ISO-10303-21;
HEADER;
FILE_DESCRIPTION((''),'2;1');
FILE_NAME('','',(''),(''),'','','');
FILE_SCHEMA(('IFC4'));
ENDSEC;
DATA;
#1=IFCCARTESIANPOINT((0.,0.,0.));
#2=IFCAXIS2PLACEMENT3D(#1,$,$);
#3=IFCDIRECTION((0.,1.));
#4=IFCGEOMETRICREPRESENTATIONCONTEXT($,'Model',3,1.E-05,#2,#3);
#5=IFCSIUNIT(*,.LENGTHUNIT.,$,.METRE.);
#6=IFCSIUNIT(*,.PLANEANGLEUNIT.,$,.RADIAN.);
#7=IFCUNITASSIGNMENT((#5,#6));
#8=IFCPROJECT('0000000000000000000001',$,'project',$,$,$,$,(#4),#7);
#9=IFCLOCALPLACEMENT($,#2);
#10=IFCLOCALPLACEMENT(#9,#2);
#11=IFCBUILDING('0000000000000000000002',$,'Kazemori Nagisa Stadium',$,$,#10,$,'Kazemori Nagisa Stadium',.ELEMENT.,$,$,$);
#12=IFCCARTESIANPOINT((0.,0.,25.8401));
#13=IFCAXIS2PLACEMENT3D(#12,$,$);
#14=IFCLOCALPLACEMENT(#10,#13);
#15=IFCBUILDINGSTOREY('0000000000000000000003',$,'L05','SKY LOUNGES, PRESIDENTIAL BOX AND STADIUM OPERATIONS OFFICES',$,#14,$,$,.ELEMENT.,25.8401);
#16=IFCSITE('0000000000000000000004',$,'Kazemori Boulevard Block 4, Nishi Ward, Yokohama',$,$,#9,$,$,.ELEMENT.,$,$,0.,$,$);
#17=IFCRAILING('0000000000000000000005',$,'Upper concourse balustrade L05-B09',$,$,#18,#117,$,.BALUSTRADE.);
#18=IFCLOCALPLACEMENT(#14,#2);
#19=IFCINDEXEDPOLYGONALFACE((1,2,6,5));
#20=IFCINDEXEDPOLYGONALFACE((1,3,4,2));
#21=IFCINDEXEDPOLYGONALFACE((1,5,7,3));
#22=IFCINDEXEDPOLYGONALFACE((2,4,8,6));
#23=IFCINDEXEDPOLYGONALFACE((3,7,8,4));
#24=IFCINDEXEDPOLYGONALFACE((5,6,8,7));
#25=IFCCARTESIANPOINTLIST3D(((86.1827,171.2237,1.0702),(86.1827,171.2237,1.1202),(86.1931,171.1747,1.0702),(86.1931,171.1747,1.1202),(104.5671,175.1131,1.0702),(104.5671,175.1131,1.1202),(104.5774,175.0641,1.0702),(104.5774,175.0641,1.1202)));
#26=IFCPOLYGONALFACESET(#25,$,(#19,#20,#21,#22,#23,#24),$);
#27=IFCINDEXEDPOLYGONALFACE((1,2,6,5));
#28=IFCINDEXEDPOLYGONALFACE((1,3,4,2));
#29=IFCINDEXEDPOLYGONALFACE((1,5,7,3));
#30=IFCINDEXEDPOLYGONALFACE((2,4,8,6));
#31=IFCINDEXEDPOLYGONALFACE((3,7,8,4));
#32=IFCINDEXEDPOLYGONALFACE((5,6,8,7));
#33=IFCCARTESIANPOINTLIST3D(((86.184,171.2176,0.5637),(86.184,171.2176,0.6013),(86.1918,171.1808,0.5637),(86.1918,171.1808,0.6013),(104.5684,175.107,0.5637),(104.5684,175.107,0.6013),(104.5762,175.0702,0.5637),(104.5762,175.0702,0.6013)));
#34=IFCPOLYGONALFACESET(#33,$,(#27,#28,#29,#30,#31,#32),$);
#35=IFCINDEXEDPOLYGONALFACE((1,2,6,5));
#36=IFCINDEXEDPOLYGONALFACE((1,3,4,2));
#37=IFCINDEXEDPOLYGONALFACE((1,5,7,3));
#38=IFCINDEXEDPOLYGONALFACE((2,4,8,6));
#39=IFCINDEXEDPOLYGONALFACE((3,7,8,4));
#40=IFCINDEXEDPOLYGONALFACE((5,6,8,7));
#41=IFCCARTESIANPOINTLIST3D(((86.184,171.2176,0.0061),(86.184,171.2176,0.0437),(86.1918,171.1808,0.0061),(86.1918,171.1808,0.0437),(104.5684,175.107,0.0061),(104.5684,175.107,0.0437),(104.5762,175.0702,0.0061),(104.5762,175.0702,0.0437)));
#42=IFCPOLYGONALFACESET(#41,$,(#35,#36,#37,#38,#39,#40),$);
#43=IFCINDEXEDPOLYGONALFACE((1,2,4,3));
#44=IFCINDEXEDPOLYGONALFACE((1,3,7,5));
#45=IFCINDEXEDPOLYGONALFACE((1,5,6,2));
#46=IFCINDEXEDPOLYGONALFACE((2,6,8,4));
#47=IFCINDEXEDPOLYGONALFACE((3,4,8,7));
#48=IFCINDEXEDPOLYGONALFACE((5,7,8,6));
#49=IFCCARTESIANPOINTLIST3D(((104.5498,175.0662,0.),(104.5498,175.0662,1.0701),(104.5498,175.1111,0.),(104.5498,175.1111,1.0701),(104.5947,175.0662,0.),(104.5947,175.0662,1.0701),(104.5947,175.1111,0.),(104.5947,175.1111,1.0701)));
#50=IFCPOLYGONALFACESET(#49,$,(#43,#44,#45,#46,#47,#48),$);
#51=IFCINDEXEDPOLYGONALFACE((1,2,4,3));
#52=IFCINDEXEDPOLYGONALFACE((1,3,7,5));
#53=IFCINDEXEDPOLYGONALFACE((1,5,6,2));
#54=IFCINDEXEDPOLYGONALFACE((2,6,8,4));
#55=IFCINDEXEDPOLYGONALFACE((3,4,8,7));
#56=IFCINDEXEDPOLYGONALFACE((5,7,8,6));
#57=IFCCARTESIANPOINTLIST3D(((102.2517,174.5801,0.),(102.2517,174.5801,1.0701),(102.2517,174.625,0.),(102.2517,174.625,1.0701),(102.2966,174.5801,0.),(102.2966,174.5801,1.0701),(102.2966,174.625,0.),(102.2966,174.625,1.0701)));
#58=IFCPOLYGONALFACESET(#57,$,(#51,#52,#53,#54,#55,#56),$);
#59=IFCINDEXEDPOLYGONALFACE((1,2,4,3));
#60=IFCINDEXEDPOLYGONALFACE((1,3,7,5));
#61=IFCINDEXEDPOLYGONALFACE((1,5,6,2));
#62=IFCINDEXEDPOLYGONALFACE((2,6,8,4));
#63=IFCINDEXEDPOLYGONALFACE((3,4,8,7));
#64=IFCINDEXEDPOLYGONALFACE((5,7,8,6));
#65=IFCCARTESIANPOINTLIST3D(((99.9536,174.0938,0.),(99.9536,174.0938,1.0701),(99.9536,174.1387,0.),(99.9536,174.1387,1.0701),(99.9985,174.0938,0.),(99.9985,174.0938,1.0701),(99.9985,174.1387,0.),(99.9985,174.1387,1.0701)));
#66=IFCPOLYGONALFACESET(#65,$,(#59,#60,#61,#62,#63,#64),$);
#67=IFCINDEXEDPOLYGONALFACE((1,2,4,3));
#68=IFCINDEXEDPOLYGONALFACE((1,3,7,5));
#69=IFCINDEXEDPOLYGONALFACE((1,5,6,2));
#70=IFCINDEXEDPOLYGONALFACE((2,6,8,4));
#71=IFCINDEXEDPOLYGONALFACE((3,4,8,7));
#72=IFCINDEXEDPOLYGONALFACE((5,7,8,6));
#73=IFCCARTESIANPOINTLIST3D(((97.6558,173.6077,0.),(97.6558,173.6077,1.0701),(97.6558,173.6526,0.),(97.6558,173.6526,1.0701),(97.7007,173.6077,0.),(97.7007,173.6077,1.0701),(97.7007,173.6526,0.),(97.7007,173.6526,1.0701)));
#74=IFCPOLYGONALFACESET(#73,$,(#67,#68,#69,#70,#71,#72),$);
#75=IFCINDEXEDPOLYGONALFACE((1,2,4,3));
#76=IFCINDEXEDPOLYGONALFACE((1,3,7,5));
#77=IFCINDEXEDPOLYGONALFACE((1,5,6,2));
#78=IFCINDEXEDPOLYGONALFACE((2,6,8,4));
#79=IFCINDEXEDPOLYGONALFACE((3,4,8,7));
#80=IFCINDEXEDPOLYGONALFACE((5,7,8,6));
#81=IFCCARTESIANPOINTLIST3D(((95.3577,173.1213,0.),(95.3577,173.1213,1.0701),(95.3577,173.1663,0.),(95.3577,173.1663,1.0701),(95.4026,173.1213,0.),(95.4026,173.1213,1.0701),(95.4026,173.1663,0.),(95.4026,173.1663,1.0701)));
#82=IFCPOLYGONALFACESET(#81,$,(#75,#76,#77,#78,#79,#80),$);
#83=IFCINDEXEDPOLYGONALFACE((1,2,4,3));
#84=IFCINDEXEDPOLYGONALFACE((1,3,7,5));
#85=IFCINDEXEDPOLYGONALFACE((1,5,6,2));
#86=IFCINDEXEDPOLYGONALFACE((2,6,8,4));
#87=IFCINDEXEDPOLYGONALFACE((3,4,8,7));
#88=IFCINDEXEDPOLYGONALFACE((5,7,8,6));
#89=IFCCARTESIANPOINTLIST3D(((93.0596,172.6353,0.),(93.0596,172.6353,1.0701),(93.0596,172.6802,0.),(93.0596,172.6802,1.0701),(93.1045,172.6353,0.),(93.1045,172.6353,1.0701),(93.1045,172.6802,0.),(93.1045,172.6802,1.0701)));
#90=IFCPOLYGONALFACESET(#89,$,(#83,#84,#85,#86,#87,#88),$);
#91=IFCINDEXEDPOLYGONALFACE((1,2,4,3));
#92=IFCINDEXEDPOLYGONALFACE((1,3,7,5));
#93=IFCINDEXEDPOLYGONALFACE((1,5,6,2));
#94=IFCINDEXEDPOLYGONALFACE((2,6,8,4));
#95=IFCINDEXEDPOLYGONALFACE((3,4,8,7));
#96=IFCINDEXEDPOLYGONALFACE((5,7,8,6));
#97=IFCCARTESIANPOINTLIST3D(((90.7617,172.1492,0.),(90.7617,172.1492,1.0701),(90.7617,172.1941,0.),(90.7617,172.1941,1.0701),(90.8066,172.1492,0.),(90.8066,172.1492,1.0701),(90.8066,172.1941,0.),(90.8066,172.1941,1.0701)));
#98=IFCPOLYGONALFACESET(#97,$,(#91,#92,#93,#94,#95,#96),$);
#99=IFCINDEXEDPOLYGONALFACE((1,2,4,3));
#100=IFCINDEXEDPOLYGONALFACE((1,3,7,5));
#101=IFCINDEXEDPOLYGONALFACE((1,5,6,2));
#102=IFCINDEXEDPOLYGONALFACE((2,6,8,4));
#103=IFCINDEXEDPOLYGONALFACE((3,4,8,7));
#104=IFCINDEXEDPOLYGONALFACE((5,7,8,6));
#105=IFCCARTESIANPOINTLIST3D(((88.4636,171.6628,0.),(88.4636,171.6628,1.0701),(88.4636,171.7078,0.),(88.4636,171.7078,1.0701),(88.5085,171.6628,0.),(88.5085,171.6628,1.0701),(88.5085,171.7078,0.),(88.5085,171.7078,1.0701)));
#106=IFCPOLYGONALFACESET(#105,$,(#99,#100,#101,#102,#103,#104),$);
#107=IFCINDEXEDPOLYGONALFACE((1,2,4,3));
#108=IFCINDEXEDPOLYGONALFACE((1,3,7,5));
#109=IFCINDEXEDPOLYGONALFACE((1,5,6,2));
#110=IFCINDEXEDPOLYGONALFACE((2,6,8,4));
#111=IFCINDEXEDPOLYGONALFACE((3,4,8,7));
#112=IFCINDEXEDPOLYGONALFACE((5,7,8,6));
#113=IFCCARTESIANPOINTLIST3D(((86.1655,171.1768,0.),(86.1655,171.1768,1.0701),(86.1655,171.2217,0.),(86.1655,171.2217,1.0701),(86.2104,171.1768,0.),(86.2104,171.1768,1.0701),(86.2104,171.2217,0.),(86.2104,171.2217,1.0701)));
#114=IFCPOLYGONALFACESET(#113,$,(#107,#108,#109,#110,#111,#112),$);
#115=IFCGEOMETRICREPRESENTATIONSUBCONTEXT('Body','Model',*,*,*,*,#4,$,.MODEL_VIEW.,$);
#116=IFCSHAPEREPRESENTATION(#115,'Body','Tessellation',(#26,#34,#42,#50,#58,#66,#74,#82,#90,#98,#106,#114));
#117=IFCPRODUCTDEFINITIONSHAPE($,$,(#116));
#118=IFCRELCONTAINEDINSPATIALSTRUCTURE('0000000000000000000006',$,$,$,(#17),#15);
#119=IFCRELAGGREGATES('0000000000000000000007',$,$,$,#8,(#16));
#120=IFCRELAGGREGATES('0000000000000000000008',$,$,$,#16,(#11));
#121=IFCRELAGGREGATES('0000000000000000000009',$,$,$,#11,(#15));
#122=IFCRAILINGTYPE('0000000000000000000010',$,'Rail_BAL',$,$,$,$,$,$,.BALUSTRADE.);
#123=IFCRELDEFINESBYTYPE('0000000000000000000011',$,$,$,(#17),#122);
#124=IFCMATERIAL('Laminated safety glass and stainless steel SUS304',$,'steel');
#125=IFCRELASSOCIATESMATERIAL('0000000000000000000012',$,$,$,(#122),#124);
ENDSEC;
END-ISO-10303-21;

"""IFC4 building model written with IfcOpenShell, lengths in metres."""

from ifc_helpers import new_model, si_unit, direction, frame, origin, origin_2d, place, context, subcontext, project, spatial, rectangle, extrude, material, type_object, element, save


model = new_model("IFC4")

# Units and contexts
model_context = context("Model", 3, precision=1e-05, world=origin(), true_north=direction((0.0, 1.0)))
body_context = subcontext(model_context, "Body", "Model", "MODEL_VIEW")
ifc_project = project(units=[si_unit("LENGTHUNIT", "METRE"), si_unit("PLANEANGLEUNIT", "RADIAN")], contexts=[model_context])

# Site, building, storey
site_placement = place(None, origin())
site = spatial("IfcSite", under=ifc_project, at=site_placement, Name="Kazemori Boulevard Block 4, Nishi Ward, Yokohama", CompositionType="ELEMENT", RefElevation=0.0)
building_placement = place(site_placement, origin())
building = spatial("IfcBuilding", under=site, at=building_placement, Name="Kazemori Nagisa Stadium", LongName="Kazemori Nagisa Stadium", CompositionType="ELEMENT")
storey_placement = place(building_placement, frame((0.0, 0.0, 25.8401)))
storey = spatial("IfcBuildingStorey", under=building, at=storey_placement, Name="L05", Description="SKY LOUNGES, PRESIDENTIAL BOX AND STADIUM OPERATIONS OFFICES", CompositionType="ELEMENT", Elevation=25.8401)

# Railing
ifc_material_1 = material(Name="Laminated safety glass and stainless steel SUS304", Category="steel")
railing_type = type_object("IfcRailingType", Name="Rail_BAL", PredefinedType="BALUSTRADE", material=ifc_material_1)
railing_placement = place(storey_placement, frame((104.5723, 175.0886, 0.0)))
element("IfcRailing", 1, at=railing_placement, inside=storey, type_object=railing_type, Name="Upper concourse balustrade L05-B09", PredefinedType="BALUSTRADE", context=body_context, shape_type="SweptSolid", body=[
    extrude(rectangle(XDim=0.05, YDim=0.05, at=origin_2d()), frame((0.0, 0.0, 1.0952), z_axis=(-0.978345, -0.20698, 0.0), x_axis=(0.20698, -0.978345, 0.0)), (0.0, 0.0, 1.0), 18.7913),
    extrude(rectangle(XDim=0.0376, YDim=0.0376, at=origin_2d()), frame((0.0, 0.0, 0.5825), z_axis=(-0.978345, -0.20698, 0.0), x_axis=(0.20698, -0.978345, 0.0)), (0.0, 0.0, 1.0), 18.7913),
    extrude(rectangle(XDim=0.0376, YDim=0.0376, at=origin_2d()), frame((0.0, 0.0, 0.0249), z_axis=(-0.978345, -0.20698, 0.0), x_axis=(0.20698, -0.978345, 0.0)), (0.0, 0.0, 1.0), 18.7913),
    extrude(rectangle(XDim=0.0449, YDim=0.0449, at=origin_2d()), origin(), (0.0, 0.0, 1.0), 1.0701),
    extrude(rectangle(XDim=0.0449, YDim=0.0449, at=origin_2d()), frame((-2.2981, -0.4861, 0.0)), (0.0, 0.0, 1.0), 1.0701),
    extrude(rectangle(XDim=0.0449, YDim=0.0449, at=origin_2d()), frame((-4.5962, -0.9724, 0.0)), (0.0, 0.0, 1.0), 1.0701),
    extrude(rectangle(XDim=0.0449, YDim=0.0449, at=origin_2d()), frame((-6.894, -1.4585, 0.0)), (0.0, 0.0, 1.0), 1.0701),
    extrude(rectangle(XDim=0.0449, YDim=0.0449, at=origin_2d()), frame((-9.1921, -1.9448, 0.0)), (0.0, 0.0, 1.0), 1.0701),
    extrude(rectangle(XDim=0.0449, YDim=0.0449, at=origin_2d()), frame((-11.4902, -2.4309, 0.0)), (0.0, 0.0, 1.0), 1.0701),
    extrude(rectangle(XDim=0.0449, YDim=0.0449, at=origin_2d()), frame((-13.7881, -2.917, 0.0)), (0.0, 0.0, 1.0), 1.0701),
    extrude(rectangle(XDim=0.0449, YDim=0.0449, at=origin_2d()), frame((-16.0862, -3.4033, 0.0)), (0.0, 0.0, 1.0), 1.0701),
    extrude(rectangle(XDim=0.0449, YDim=0.0449, at=origin_2d()), frame((-18.3843, -3.8894, 0.0)), (0.0, 0.0, 1.0), 1.0701),
])

save(model, "model.ifc")
